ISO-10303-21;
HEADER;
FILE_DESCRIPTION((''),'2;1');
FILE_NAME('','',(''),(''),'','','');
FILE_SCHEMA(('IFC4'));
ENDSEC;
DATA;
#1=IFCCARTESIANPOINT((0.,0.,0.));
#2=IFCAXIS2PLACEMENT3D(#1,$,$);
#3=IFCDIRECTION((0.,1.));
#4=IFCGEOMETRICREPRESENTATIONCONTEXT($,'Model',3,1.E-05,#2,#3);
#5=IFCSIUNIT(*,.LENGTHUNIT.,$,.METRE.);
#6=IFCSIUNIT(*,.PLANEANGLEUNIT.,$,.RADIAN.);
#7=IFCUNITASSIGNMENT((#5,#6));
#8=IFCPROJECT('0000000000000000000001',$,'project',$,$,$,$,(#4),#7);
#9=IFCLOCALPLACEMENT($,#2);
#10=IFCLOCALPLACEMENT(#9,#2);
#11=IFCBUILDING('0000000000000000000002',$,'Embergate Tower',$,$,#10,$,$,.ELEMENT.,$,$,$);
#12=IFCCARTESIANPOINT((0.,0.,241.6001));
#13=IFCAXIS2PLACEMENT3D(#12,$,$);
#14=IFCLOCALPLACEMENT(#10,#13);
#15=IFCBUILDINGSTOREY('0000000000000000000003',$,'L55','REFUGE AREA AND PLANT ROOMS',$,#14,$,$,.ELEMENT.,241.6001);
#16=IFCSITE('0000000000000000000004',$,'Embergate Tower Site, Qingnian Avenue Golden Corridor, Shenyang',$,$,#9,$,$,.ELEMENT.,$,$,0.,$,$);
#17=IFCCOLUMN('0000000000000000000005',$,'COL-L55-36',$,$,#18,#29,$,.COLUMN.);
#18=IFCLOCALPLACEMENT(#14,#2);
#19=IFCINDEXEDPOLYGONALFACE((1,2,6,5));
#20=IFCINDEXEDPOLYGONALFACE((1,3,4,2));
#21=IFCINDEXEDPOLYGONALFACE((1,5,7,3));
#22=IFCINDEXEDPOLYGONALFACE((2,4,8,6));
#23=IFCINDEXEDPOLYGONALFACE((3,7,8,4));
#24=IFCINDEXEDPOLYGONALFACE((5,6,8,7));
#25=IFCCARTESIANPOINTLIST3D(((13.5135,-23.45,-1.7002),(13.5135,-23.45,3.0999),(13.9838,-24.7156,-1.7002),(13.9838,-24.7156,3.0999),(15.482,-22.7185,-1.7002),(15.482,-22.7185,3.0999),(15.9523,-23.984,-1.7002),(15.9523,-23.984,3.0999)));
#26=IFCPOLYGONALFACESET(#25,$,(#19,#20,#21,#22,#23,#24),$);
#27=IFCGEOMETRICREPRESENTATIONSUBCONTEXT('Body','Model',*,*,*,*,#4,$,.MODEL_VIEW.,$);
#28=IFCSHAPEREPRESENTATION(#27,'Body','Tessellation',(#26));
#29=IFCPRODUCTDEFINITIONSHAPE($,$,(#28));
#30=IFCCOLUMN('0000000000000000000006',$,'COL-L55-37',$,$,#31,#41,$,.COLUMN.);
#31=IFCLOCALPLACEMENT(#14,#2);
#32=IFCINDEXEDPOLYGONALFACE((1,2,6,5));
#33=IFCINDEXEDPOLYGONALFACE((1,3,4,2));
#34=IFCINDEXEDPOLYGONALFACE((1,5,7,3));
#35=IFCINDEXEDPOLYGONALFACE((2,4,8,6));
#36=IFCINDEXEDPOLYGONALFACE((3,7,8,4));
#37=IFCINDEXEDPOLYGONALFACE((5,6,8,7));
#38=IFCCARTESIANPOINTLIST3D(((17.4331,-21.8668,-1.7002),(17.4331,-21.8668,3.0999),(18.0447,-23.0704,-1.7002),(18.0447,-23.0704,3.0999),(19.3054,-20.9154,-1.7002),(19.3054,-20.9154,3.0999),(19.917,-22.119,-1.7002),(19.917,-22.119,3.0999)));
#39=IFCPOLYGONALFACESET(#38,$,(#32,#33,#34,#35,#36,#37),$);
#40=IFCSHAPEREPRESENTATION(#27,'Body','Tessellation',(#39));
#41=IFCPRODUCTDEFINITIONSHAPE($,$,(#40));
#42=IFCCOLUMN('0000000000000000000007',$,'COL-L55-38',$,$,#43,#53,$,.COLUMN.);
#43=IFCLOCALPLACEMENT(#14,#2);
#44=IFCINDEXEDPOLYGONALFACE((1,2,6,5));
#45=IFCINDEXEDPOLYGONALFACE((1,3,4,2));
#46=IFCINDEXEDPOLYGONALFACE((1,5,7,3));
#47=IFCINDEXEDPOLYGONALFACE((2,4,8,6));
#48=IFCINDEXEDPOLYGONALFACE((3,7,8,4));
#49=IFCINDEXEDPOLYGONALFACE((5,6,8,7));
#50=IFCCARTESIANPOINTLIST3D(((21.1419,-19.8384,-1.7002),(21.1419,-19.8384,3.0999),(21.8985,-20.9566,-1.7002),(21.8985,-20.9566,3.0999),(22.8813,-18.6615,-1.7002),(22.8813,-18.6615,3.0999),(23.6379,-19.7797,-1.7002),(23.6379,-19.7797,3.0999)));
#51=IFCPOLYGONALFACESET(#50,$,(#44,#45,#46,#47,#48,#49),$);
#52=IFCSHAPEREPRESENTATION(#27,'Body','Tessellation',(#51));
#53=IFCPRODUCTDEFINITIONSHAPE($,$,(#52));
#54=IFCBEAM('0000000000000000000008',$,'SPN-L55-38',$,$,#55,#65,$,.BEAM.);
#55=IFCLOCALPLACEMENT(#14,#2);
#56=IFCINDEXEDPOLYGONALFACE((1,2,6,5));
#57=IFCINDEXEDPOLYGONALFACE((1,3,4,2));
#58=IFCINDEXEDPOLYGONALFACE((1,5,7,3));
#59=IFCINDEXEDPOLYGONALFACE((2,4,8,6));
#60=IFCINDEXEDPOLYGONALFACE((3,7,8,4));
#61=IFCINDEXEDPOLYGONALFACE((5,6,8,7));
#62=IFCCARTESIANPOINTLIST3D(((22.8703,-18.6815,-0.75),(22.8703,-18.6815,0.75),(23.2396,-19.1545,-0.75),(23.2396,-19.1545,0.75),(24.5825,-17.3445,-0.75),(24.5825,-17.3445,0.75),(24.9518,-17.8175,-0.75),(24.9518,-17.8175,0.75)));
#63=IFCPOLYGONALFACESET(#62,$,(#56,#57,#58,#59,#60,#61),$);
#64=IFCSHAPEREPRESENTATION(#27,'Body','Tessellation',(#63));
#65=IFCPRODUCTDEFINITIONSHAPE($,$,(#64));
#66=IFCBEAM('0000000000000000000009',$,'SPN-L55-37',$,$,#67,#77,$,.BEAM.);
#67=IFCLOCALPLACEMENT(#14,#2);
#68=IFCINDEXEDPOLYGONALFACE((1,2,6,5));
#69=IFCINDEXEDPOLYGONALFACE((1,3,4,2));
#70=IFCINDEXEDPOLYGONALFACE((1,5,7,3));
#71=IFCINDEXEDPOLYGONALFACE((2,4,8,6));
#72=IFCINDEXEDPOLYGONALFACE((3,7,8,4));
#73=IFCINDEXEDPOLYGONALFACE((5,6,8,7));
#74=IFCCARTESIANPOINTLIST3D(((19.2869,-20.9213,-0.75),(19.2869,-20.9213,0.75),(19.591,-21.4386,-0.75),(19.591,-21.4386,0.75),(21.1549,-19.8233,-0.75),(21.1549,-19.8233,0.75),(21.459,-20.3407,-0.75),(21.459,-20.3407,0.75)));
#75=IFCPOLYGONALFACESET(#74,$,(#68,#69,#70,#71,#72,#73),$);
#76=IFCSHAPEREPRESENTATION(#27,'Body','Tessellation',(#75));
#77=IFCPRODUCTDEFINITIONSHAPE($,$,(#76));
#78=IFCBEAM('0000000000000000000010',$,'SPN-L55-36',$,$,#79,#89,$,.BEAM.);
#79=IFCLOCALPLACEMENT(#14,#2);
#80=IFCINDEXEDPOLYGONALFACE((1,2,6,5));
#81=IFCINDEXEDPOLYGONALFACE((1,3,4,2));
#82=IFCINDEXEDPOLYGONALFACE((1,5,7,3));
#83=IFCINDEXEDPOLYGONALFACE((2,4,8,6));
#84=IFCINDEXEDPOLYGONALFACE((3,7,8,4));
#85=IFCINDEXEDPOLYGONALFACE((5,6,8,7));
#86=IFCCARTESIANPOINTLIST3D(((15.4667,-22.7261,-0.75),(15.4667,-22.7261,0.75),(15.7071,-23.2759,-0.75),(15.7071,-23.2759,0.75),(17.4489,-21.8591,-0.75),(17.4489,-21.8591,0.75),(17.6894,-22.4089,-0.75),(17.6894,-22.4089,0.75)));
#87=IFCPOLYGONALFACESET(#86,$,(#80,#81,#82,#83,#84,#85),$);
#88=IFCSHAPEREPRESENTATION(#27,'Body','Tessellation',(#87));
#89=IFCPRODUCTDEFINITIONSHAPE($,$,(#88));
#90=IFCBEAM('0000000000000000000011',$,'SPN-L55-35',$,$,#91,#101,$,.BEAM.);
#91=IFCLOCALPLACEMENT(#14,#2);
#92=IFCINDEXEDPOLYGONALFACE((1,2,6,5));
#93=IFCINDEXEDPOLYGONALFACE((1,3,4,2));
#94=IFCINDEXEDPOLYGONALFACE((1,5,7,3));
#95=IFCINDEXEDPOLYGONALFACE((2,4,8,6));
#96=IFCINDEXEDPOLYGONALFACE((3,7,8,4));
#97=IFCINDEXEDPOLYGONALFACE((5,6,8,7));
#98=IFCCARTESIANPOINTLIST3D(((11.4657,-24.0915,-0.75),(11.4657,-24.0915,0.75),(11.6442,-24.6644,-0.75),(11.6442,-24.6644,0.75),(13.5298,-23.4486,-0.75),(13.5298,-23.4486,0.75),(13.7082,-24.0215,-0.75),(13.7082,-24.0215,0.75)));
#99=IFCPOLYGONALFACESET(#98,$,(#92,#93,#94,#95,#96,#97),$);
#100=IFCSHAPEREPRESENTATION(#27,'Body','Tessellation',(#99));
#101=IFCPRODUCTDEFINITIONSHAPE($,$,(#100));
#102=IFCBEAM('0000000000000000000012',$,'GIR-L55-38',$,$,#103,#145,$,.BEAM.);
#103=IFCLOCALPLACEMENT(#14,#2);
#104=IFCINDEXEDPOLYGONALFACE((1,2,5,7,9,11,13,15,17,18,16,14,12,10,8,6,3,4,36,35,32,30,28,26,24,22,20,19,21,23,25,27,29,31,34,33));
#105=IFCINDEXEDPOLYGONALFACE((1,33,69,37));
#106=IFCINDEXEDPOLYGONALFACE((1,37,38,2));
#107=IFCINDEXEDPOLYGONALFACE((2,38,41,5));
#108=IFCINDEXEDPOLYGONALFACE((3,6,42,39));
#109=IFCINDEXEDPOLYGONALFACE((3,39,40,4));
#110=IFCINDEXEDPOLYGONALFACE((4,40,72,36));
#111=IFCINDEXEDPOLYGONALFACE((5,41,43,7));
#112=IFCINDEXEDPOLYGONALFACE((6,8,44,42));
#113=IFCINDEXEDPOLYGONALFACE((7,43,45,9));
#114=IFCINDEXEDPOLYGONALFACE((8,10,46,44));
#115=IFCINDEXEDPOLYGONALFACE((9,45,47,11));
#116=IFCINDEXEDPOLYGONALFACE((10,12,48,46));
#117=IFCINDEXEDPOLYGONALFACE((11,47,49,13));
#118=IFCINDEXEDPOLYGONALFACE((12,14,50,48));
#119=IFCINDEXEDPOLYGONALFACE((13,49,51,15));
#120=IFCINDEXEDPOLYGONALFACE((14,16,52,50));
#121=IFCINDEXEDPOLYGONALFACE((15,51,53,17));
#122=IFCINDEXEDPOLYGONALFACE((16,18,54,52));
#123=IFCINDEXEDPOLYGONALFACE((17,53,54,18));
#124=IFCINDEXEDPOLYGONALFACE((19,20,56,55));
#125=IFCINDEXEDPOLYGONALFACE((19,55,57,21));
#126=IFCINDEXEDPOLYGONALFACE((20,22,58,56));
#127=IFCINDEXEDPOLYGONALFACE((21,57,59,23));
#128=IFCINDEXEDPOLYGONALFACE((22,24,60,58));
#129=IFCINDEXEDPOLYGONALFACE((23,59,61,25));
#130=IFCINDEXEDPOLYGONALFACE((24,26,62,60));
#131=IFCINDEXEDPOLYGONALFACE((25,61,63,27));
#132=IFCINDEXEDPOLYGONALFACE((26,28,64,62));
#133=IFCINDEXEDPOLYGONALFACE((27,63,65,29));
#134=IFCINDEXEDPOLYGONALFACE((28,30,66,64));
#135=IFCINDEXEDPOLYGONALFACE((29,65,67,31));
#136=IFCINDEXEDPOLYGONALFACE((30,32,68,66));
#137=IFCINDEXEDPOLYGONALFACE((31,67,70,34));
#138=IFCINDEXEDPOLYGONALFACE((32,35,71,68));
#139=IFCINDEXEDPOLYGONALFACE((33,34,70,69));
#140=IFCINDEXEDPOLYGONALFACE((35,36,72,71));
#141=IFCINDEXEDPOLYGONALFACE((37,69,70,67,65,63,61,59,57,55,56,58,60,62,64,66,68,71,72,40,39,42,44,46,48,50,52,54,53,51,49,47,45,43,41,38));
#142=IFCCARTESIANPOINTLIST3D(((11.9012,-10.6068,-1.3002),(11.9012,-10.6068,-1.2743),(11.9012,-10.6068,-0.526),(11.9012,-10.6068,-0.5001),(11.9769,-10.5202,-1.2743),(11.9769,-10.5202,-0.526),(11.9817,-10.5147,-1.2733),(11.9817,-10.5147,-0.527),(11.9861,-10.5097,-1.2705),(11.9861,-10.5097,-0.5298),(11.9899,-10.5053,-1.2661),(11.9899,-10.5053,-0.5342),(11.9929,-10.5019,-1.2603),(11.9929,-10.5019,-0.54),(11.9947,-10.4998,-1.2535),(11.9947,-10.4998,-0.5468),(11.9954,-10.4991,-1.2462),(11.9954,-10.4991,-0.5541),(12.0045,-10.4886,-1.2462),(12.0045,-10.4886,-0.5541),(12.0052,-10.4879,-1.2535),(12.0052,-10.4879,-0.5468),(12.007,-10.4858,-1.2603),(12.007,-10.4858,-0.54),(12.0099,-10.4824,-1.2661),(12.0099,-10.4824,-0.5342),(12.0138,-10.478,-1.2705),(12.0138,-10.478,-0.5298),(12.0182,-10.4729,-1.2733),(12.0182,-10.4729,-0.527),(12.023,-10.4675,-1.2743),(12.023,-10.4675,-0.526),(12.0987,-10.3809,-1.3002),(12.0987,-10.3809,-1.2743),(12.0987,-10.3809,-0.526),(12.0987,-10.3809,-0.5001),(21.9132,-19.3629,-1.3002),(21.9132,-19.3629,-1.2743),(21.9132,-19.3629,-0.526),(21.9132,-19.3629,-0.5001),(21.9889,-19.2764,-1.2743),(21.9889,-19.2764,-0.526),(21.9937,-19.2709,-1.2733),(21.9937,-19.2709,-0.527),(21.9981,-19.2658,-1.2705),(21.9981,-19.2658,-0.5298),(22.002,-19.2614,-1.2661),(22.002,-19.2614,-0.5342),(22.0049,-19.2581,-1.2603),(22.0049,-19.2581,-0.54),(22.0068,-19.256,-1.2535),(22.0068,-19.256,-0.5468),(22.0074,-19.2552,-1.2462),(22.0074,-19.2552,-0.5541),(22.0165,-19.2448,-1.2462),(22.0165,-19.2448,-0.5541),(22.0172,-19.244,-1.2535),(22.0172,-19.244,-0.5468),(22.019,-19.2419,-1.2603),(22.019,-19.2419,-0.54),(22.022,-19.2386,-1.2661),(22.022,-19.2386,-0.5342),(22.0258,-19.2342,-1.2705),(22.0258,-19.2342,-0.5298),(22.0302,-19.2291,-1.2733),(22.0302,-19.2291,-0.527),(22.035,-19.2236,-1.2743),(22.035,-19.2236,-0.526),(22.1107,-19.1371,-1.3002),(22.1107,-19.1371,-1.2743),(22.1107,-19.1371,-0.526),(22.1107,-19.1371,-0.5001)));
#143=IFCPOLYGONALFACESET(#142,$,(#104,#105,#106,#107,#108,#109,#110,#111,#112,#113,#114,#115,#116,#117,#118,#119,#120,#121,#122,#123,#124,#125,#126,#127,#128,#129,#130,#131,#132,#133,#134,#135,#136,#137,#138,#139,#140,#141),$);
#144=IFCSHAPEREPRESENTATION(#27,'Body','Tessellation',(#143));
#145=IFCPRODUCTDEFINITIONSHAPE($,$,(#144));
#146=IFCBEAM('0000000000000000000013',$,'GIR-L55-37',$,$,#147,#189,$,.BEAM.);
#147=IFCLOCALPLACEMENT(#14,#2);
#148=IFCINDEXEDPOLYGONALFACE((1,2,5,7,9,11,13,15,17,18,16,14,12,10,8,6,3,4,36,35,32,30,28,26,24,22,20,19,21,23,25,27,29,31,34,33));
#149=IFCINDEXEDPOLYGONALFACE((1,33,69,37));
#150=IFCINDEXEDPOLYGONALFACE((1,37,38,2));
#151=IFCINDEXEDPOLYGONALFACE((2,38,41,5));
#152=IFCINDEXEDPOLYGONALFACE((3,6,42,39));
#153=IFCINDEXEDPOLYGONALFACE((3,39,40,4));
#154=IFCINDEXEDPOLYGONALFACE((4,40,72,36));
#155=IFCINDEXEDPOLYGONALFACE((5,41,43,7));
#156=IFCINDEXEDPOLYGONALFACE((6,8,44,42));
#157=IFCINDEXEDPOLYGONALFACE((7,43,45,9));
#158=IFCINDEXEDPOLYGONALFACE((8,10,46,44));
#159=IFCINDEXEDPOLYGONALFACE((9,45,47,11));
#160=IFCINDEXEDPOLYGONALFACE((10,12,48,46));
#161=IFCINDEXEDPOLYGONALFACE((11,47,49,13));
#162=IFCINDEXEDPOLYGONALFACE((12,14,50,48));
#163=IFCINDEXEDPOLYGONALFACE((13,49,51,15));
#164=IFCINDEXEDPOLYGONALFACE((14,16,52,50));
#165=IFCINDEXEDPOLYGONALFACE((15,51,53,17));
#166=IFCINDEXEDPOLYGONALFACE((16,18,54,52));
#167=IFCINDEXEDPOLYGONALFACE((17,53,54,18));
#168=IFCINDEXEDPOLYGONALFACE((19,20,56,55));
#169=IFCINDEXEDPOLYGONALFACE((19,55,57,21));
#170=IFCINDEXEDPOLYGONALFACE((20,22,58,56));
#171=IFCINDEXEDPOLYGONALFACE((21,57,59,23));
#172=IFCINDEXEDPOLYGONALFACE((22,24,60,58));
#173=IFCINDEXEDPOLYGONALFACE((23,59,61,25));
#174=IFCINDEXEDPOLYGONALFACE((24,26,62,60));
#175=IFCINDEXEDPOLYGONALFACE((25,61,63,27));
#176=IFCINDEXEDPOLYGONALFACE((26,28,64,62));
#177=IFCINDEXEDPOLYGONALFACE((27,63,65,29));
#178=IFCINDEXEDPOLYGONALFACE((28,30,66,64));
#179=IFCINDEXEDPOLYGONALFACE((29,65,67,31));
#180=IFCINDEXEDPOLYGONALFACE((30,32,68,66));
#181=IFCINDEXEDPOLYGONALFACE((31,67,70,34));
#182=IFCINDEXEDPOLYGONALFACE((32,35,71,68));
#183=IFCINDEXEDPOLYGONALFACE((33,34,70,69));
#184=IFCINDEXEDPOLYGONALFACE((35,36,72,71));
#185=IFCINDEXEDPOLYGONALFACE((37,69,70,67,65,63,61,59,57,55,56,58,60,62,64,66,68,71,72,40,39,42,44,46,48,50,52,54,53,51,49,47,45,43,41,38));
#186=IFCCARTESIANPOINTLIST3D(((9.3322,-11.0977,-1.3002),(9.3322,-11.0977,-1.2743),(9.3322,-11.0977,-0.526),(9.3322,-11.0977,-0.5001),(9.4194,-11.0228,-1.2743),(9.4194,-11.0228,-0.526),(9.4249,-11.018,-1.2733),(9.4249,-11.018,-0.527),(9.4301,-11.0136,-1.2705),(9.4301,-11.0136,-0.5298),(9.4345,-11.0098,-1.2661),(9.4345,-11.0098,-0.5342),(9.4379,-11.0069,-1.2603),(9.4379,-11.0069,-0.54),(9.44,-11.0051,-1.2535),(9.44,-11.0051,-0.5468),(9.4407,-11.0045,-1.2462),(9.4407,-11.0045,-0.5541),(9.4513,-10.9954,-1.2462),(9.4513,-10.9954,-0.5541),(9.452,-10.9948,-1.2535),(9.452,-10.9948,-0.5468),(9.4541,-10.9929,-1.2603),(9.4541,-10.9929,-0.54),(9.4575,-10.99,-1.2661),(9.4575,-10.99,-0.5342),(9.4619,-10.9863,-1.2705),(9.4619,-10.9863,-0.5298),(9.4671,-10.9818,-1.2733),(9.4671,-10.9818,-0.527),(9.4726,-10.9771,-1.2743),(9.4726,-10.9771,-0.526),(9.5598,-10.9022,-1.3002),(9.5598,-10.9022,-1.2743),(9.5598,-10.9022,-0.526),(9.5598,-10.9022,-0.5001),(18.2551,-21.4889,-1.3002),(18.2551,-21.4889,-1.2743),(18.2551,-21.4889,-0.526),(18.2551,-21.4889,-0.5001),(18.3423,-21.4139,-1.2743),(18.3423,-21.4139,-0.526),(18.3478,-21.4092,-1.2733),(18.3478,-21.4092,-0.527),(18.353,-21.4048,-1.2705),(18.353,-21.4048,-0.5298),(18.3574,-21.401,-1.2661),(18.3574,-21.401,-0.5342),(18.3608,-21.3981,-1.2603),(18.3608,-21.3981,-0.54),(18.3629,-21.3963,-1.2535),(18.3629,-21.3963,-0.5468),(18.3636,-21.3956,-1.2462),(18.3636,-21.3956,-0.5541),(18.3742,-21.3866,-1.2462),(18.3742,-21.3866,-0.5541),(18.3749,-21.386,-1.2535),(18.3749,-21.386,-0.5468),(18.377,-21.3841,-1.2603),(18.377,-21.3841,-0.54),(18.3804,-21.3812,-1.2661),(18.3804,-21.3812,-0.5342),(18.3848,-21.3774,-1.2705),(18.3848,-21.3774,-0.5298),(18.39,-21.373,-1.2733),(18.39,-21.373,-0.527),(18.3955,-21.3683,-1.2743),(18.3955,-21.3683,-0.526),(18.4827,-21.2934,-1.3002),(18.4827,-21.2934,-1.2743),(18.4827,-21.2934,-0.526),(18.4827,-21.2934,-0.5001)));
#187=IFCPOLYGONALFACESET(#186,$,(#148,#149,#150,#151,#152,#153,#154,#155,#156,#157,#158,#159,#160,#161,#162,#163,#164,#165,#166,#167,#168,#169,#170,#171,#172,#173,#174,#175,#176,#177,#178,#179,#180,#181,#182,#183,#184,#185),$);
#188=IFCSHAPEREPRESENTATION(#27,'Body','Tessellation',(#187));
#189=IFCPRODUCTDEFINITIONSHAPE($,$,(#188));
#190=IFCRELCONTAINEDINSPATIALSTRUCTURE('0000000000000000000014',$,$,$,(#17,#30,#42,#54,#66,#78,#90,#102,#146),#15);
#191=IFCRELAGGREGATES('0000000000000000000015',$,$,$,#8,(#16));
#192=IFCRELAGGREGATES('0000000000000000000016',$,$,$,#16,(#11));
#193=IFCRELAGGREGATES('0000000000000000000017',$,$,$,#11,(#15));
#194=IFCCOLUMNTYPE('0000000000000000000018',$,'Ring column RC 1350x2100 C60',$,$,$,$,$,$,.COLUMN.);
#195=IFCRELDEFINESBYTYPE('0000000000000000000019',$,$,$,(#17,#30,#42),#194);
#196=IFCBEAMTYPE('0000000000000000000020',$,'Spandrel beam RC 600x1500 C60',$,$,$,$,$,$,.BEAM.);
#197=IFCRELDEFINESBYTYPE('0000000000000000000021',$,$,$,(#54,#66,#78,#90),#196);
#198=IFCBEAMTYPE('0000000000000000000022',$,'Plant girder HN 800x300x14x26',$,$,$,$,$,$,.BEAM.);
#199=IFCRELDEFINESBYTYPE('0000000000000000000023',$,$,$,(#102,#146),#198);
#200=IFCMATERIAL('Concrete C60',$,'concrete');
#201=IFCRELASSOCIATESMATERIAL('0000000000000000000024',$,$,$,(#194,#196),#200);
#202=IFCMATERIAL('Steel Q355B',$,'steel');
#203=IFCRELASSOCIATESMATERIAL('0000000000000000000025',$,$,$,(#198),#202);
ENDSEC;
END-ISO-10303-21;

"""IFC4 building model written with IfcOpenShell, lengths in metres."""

from ifc_helpers import new_model, si_unit, direction, frame, origin, origin_2d, place, context, subcontext, project, spatial, rectangle, i_section, extrude, source, transform, mapped, material, material_profile, profile_set, type_object, element, save


model = new_model("IFC4")

# Units and contexts
model_context = context("Model", 3, precision=1e-05, world=origin(), true_north=direction((0.0, 1.0)))
body_context = subcontext(model_context, "Body", "Model", "MODEL_VIEW")
ifc_project = project(units=[si_unit("LENGTHUNIT", "METRE"), si_unit("PLANEANGLEUNIT", "RADIAN")], contexts=[model_context])

# Site, building, storey
site_placement = place(None, origin())
site = spatial("IfcSite", under=ifc_project, at=site_placement, Name="Embergate Tower Site, Qingnian Avenue Golden Corridor, Shenyang", CompositionType="ELEMENT", RefElevation=0.0)
building_placement = place(site_placement, origin())
building = spatial("IfcBuilding", under=site, at=building_placement, Name="Embergate Tower", CompositionType="ELEMENT")
storey_placement = place(building_placement, frame((0.0, 0.0, 241.6001)))
storey = spatial("IfcBuildingStorey", under=building, at=storey_placement, Name="L55", Description="REFUGE AREA AND PLANT ROOMS", CompositionType="ELEMENT", Elevation=241.6001)

# Columns
ifc_material_1 = material(Name="Concrete C60", Category="concrete")
ifc_material_profile_1 = material_profile(ifc_material_1, rectangle(XDim=1.3501, YDim=2.1001, at=origin_2d()), Name="RC 1350x2100")
ifc_profile_set_1 = profile_set([ifc_material_profile_1], Name="Concrete C60")
column_type = type_object("IfcColumnType", Name="Ring column RC 1350x2100 C60", PredefinedType="COLUMN", material=ifc_profile_set_1)
shared_shape_1 = source(origin(), body_context, "Body", "SweptSolid", [
    extrude(rectangle(XDim=1.3501, YDim=2.1001, at=origin_2d()), origin(), (0.0, 0.0, 1.0), 4.8),
])
for number, where, z_axis, x_axis, name in (
    (1, (14.7329, -23.717, -1.7002), (0.0, 0.0, 1.0), (0.348343, -0.937367, 0.0), "COL-L55-36"),
    (2, (18.675, -21.9929, -1.7002), (0.0, 0.0, 1.0), (0.453011, -0.891505, 0.0), "COL-L55-37"),
    (3, (22.3899, -19.8091, -1.7002), (0.0, 0.0, 1.0), (0.560393, -0.828227, 0.0), "COL-L55-38"),
):
    element("IfcColumn", number, at=place(storey_placement, frame(where, z_axis=z_axis, x_axis=x_axis)), inside=storey, type_object=column_type, Name=name, PredefinedType="COLUMN", context=body_context, shape_type="MappedRepresentation", body=[
        mapped(shared_shape_1, transform((0.0, 0.0, 0.0))),
    ])

# Beams
ifc_material_profile_2 = material_profile(ifc_material_1, rectangle(XDim=0.6001, YDim=1.5, at=origin_2d()), Name="RC 600x1500")
ifc_profile_set_2 = profile_set([ifc_material_profile_2], Name="Concrete C60")
beam_type_1 = type_object("IfcBeamType", Name="Spandrel beam RC 600x1500 C60", PredefinedType="BEAM", material=ifc_profile_set_2)
shared_shape_2 = source(origin(), body_context, "Body", "SweptSolid", [
    extrude(rectangle(XDim=0.6001, YDim=1.5, at=origin_2d()), origin(), (0.0, 0.0, 1.0), 2.1724),
])
beam_1_placement = place(storey_placement, frame((23.0549, -18.918, 0.0), z_axis=(0.788183, 0.615441, 0.0), x_axis=(-0.615441, 0.788183, 0.0)))
element("IfcBeam", 4, at=beam_1_placement, inside=storey, type_object=beam_type_1, Name="SPN-L55-38", PredefinedType="BEAM", context=body_context, shape_type="MappedRepresentation", body=[
    mapped(shared_shape_2, transform((0.0, 0.0, 0.0))),
])
shared_shape_3 = source(origin(), body_context, "Body", "SweptSolid", [
    extrude(rectangle(XDim=0.6001, YDim=1.5, at=origin_2d()), origin(), (0.0, 0.0, 1.0), 2.1667),
])
beam_2_placement = place(storey_placement, frame((19.439, -21.1799, 0.0), z_axis=(0.862111, 0.50672, 0.0), x_axis=(-0.50672, 0.862111, 0.0)))
element("IfcBeam", 5, at=beam_2_placement, inside=storey, type_object=beam_type_1, Name="SPN-L55-37", PredefinedType="BEAM", context=body_context, shape_type="MappedRepresentation", body=[
    mapped(shared_shape_3, transform((0.0, 0.0, 0.0))),
])
shared_shape_4 = source(origin(), body_context, "Body", "SweptSolid", [
    extrude(rectangle(XDim=0.6001, YDim=1.5, at=origin_2d()), origin(), (0.0, 0.0, 1.0), 2.1636),
])
beam_3_placement = place(storey_placement, frame((15.5869, -23.001, 0.0), z_axis=(0.916201, 0.400718, 0.0), x_axis=(-0.400718, 0.916201, 0.0)))
element("IfcBeam", 6, at=beam_3_placement, inside=storey, type_object=beam_type_1, Name="SPN-L55-36", PredefinedType="BEAM", context=body_context, shape_type="MappedRepresentation", body=[
    mapped(shared_shape_4, transform((0.0, 0.0, 0.0))),
])
shared_shape_5 = source(origin(), body_context, "Body", "SweptSolid", [
    extrude(rectangle(XDim=0.6001, YDim=1.5, at=origin_2d()), origin(), (0.0, 0.0, 1.0), 2.1619),
])
beam_4_placement = place(storey_placement, frame((11.5549, -24.3779, 0.0), z_axis=(0.954765, 0.297362, 0.0), x_axis=(-0.297362, 0.954765, 0.0)))
element("IfcBeam", 7, at=beam_4_placement, inside=storey, type_object=beam_type_1, Name="SPN-L55-35", PredefinedType="BEAM", context=body_context, shape_type="MappedRepresentation", body=[
    mapped(shared_shape_5, transform((0.0, 0.0, 0.0))),
])
ifc_material_2 = material(Name="Steel Q355B", Category="steel")
ifc_material_profile_3 = material_profile(ifc_material_2, i_section(OverallWidth=0.3, OverallDepth=0.8, WebThickness=0.0139, FlangeThickness=0.0259, FilletRadius=0.0281, at=origin_2d()), Name="HN 800x300x14x26")
ifc_profile_set_3 = profile_set([ifc_material_profile_3], Name="Steel Q355 grade B")
beam_type_2 = type_object("IfcBeamType", Name="Plant girder HN 800x300x14x26", PredefinedType="BEAM", material=ifc_profile_set_3)
shared_shape_6 = source(origin(), body_context, "Body", "SweptSolid", [
    extrude(i_section(OverallWidth=0.3, OverallDepth=0.8, WebThickness=0.0139, FlangeThickness=0.0259, FilletRadius=0.0281, at=origin_2d()), origin(), (0.0, 0.0, 1.0), 13.3008),
])
beam_5_placement = place(storey_placement, frame((22.012, -19.25, -0.9001), z_axis=(-0.752739, 0.658319, 0.0), x_axis=(-0.658319, -0.752739, 0.0)))
element("IfcBeam", 8, at=beam_5_placement, inside=storey, type_object=beam_type_2, Name="GIR-L55-38", PredefinedType="BEAM", context=body_context, shape_type="MappedRepresentation", body=[
    mapped(shared_shape_6, transform((0.0, 0.0, 0.0))),
])
shared_shape_7 = source(origin(), body_context, "Body", "SweptSolid", [
    extrude(i_section(OverallWidth=0.3, OverallDepth=0.8, WebThickness=0.0139, FlangeThickness=0.0259, FilletRadius=0.0281, at=origin_2d()), origin(), (0.0, 0.0, 1.0), 13.6965),
])
beam_6_placement = place(storey_placement, frame((18.3689, -21.3911, -0.9001), z_axis=(-0.651472, 0.758672, 0.0), x_axis=(-0.758672, -0.651472, 0.0)))
element("IfcBeam", 9, at=beam_6_placement, inside=storey, type_object=beam_type_2, Name="GIR-L55-37", PredefinedType="BEAM", context=body_context, shape_type="MappedRepresentation", body=[
    mapped(shared_shape_7, transform((0.0, 0.0, 0.0))),
])

save(model, "model.ifc")
